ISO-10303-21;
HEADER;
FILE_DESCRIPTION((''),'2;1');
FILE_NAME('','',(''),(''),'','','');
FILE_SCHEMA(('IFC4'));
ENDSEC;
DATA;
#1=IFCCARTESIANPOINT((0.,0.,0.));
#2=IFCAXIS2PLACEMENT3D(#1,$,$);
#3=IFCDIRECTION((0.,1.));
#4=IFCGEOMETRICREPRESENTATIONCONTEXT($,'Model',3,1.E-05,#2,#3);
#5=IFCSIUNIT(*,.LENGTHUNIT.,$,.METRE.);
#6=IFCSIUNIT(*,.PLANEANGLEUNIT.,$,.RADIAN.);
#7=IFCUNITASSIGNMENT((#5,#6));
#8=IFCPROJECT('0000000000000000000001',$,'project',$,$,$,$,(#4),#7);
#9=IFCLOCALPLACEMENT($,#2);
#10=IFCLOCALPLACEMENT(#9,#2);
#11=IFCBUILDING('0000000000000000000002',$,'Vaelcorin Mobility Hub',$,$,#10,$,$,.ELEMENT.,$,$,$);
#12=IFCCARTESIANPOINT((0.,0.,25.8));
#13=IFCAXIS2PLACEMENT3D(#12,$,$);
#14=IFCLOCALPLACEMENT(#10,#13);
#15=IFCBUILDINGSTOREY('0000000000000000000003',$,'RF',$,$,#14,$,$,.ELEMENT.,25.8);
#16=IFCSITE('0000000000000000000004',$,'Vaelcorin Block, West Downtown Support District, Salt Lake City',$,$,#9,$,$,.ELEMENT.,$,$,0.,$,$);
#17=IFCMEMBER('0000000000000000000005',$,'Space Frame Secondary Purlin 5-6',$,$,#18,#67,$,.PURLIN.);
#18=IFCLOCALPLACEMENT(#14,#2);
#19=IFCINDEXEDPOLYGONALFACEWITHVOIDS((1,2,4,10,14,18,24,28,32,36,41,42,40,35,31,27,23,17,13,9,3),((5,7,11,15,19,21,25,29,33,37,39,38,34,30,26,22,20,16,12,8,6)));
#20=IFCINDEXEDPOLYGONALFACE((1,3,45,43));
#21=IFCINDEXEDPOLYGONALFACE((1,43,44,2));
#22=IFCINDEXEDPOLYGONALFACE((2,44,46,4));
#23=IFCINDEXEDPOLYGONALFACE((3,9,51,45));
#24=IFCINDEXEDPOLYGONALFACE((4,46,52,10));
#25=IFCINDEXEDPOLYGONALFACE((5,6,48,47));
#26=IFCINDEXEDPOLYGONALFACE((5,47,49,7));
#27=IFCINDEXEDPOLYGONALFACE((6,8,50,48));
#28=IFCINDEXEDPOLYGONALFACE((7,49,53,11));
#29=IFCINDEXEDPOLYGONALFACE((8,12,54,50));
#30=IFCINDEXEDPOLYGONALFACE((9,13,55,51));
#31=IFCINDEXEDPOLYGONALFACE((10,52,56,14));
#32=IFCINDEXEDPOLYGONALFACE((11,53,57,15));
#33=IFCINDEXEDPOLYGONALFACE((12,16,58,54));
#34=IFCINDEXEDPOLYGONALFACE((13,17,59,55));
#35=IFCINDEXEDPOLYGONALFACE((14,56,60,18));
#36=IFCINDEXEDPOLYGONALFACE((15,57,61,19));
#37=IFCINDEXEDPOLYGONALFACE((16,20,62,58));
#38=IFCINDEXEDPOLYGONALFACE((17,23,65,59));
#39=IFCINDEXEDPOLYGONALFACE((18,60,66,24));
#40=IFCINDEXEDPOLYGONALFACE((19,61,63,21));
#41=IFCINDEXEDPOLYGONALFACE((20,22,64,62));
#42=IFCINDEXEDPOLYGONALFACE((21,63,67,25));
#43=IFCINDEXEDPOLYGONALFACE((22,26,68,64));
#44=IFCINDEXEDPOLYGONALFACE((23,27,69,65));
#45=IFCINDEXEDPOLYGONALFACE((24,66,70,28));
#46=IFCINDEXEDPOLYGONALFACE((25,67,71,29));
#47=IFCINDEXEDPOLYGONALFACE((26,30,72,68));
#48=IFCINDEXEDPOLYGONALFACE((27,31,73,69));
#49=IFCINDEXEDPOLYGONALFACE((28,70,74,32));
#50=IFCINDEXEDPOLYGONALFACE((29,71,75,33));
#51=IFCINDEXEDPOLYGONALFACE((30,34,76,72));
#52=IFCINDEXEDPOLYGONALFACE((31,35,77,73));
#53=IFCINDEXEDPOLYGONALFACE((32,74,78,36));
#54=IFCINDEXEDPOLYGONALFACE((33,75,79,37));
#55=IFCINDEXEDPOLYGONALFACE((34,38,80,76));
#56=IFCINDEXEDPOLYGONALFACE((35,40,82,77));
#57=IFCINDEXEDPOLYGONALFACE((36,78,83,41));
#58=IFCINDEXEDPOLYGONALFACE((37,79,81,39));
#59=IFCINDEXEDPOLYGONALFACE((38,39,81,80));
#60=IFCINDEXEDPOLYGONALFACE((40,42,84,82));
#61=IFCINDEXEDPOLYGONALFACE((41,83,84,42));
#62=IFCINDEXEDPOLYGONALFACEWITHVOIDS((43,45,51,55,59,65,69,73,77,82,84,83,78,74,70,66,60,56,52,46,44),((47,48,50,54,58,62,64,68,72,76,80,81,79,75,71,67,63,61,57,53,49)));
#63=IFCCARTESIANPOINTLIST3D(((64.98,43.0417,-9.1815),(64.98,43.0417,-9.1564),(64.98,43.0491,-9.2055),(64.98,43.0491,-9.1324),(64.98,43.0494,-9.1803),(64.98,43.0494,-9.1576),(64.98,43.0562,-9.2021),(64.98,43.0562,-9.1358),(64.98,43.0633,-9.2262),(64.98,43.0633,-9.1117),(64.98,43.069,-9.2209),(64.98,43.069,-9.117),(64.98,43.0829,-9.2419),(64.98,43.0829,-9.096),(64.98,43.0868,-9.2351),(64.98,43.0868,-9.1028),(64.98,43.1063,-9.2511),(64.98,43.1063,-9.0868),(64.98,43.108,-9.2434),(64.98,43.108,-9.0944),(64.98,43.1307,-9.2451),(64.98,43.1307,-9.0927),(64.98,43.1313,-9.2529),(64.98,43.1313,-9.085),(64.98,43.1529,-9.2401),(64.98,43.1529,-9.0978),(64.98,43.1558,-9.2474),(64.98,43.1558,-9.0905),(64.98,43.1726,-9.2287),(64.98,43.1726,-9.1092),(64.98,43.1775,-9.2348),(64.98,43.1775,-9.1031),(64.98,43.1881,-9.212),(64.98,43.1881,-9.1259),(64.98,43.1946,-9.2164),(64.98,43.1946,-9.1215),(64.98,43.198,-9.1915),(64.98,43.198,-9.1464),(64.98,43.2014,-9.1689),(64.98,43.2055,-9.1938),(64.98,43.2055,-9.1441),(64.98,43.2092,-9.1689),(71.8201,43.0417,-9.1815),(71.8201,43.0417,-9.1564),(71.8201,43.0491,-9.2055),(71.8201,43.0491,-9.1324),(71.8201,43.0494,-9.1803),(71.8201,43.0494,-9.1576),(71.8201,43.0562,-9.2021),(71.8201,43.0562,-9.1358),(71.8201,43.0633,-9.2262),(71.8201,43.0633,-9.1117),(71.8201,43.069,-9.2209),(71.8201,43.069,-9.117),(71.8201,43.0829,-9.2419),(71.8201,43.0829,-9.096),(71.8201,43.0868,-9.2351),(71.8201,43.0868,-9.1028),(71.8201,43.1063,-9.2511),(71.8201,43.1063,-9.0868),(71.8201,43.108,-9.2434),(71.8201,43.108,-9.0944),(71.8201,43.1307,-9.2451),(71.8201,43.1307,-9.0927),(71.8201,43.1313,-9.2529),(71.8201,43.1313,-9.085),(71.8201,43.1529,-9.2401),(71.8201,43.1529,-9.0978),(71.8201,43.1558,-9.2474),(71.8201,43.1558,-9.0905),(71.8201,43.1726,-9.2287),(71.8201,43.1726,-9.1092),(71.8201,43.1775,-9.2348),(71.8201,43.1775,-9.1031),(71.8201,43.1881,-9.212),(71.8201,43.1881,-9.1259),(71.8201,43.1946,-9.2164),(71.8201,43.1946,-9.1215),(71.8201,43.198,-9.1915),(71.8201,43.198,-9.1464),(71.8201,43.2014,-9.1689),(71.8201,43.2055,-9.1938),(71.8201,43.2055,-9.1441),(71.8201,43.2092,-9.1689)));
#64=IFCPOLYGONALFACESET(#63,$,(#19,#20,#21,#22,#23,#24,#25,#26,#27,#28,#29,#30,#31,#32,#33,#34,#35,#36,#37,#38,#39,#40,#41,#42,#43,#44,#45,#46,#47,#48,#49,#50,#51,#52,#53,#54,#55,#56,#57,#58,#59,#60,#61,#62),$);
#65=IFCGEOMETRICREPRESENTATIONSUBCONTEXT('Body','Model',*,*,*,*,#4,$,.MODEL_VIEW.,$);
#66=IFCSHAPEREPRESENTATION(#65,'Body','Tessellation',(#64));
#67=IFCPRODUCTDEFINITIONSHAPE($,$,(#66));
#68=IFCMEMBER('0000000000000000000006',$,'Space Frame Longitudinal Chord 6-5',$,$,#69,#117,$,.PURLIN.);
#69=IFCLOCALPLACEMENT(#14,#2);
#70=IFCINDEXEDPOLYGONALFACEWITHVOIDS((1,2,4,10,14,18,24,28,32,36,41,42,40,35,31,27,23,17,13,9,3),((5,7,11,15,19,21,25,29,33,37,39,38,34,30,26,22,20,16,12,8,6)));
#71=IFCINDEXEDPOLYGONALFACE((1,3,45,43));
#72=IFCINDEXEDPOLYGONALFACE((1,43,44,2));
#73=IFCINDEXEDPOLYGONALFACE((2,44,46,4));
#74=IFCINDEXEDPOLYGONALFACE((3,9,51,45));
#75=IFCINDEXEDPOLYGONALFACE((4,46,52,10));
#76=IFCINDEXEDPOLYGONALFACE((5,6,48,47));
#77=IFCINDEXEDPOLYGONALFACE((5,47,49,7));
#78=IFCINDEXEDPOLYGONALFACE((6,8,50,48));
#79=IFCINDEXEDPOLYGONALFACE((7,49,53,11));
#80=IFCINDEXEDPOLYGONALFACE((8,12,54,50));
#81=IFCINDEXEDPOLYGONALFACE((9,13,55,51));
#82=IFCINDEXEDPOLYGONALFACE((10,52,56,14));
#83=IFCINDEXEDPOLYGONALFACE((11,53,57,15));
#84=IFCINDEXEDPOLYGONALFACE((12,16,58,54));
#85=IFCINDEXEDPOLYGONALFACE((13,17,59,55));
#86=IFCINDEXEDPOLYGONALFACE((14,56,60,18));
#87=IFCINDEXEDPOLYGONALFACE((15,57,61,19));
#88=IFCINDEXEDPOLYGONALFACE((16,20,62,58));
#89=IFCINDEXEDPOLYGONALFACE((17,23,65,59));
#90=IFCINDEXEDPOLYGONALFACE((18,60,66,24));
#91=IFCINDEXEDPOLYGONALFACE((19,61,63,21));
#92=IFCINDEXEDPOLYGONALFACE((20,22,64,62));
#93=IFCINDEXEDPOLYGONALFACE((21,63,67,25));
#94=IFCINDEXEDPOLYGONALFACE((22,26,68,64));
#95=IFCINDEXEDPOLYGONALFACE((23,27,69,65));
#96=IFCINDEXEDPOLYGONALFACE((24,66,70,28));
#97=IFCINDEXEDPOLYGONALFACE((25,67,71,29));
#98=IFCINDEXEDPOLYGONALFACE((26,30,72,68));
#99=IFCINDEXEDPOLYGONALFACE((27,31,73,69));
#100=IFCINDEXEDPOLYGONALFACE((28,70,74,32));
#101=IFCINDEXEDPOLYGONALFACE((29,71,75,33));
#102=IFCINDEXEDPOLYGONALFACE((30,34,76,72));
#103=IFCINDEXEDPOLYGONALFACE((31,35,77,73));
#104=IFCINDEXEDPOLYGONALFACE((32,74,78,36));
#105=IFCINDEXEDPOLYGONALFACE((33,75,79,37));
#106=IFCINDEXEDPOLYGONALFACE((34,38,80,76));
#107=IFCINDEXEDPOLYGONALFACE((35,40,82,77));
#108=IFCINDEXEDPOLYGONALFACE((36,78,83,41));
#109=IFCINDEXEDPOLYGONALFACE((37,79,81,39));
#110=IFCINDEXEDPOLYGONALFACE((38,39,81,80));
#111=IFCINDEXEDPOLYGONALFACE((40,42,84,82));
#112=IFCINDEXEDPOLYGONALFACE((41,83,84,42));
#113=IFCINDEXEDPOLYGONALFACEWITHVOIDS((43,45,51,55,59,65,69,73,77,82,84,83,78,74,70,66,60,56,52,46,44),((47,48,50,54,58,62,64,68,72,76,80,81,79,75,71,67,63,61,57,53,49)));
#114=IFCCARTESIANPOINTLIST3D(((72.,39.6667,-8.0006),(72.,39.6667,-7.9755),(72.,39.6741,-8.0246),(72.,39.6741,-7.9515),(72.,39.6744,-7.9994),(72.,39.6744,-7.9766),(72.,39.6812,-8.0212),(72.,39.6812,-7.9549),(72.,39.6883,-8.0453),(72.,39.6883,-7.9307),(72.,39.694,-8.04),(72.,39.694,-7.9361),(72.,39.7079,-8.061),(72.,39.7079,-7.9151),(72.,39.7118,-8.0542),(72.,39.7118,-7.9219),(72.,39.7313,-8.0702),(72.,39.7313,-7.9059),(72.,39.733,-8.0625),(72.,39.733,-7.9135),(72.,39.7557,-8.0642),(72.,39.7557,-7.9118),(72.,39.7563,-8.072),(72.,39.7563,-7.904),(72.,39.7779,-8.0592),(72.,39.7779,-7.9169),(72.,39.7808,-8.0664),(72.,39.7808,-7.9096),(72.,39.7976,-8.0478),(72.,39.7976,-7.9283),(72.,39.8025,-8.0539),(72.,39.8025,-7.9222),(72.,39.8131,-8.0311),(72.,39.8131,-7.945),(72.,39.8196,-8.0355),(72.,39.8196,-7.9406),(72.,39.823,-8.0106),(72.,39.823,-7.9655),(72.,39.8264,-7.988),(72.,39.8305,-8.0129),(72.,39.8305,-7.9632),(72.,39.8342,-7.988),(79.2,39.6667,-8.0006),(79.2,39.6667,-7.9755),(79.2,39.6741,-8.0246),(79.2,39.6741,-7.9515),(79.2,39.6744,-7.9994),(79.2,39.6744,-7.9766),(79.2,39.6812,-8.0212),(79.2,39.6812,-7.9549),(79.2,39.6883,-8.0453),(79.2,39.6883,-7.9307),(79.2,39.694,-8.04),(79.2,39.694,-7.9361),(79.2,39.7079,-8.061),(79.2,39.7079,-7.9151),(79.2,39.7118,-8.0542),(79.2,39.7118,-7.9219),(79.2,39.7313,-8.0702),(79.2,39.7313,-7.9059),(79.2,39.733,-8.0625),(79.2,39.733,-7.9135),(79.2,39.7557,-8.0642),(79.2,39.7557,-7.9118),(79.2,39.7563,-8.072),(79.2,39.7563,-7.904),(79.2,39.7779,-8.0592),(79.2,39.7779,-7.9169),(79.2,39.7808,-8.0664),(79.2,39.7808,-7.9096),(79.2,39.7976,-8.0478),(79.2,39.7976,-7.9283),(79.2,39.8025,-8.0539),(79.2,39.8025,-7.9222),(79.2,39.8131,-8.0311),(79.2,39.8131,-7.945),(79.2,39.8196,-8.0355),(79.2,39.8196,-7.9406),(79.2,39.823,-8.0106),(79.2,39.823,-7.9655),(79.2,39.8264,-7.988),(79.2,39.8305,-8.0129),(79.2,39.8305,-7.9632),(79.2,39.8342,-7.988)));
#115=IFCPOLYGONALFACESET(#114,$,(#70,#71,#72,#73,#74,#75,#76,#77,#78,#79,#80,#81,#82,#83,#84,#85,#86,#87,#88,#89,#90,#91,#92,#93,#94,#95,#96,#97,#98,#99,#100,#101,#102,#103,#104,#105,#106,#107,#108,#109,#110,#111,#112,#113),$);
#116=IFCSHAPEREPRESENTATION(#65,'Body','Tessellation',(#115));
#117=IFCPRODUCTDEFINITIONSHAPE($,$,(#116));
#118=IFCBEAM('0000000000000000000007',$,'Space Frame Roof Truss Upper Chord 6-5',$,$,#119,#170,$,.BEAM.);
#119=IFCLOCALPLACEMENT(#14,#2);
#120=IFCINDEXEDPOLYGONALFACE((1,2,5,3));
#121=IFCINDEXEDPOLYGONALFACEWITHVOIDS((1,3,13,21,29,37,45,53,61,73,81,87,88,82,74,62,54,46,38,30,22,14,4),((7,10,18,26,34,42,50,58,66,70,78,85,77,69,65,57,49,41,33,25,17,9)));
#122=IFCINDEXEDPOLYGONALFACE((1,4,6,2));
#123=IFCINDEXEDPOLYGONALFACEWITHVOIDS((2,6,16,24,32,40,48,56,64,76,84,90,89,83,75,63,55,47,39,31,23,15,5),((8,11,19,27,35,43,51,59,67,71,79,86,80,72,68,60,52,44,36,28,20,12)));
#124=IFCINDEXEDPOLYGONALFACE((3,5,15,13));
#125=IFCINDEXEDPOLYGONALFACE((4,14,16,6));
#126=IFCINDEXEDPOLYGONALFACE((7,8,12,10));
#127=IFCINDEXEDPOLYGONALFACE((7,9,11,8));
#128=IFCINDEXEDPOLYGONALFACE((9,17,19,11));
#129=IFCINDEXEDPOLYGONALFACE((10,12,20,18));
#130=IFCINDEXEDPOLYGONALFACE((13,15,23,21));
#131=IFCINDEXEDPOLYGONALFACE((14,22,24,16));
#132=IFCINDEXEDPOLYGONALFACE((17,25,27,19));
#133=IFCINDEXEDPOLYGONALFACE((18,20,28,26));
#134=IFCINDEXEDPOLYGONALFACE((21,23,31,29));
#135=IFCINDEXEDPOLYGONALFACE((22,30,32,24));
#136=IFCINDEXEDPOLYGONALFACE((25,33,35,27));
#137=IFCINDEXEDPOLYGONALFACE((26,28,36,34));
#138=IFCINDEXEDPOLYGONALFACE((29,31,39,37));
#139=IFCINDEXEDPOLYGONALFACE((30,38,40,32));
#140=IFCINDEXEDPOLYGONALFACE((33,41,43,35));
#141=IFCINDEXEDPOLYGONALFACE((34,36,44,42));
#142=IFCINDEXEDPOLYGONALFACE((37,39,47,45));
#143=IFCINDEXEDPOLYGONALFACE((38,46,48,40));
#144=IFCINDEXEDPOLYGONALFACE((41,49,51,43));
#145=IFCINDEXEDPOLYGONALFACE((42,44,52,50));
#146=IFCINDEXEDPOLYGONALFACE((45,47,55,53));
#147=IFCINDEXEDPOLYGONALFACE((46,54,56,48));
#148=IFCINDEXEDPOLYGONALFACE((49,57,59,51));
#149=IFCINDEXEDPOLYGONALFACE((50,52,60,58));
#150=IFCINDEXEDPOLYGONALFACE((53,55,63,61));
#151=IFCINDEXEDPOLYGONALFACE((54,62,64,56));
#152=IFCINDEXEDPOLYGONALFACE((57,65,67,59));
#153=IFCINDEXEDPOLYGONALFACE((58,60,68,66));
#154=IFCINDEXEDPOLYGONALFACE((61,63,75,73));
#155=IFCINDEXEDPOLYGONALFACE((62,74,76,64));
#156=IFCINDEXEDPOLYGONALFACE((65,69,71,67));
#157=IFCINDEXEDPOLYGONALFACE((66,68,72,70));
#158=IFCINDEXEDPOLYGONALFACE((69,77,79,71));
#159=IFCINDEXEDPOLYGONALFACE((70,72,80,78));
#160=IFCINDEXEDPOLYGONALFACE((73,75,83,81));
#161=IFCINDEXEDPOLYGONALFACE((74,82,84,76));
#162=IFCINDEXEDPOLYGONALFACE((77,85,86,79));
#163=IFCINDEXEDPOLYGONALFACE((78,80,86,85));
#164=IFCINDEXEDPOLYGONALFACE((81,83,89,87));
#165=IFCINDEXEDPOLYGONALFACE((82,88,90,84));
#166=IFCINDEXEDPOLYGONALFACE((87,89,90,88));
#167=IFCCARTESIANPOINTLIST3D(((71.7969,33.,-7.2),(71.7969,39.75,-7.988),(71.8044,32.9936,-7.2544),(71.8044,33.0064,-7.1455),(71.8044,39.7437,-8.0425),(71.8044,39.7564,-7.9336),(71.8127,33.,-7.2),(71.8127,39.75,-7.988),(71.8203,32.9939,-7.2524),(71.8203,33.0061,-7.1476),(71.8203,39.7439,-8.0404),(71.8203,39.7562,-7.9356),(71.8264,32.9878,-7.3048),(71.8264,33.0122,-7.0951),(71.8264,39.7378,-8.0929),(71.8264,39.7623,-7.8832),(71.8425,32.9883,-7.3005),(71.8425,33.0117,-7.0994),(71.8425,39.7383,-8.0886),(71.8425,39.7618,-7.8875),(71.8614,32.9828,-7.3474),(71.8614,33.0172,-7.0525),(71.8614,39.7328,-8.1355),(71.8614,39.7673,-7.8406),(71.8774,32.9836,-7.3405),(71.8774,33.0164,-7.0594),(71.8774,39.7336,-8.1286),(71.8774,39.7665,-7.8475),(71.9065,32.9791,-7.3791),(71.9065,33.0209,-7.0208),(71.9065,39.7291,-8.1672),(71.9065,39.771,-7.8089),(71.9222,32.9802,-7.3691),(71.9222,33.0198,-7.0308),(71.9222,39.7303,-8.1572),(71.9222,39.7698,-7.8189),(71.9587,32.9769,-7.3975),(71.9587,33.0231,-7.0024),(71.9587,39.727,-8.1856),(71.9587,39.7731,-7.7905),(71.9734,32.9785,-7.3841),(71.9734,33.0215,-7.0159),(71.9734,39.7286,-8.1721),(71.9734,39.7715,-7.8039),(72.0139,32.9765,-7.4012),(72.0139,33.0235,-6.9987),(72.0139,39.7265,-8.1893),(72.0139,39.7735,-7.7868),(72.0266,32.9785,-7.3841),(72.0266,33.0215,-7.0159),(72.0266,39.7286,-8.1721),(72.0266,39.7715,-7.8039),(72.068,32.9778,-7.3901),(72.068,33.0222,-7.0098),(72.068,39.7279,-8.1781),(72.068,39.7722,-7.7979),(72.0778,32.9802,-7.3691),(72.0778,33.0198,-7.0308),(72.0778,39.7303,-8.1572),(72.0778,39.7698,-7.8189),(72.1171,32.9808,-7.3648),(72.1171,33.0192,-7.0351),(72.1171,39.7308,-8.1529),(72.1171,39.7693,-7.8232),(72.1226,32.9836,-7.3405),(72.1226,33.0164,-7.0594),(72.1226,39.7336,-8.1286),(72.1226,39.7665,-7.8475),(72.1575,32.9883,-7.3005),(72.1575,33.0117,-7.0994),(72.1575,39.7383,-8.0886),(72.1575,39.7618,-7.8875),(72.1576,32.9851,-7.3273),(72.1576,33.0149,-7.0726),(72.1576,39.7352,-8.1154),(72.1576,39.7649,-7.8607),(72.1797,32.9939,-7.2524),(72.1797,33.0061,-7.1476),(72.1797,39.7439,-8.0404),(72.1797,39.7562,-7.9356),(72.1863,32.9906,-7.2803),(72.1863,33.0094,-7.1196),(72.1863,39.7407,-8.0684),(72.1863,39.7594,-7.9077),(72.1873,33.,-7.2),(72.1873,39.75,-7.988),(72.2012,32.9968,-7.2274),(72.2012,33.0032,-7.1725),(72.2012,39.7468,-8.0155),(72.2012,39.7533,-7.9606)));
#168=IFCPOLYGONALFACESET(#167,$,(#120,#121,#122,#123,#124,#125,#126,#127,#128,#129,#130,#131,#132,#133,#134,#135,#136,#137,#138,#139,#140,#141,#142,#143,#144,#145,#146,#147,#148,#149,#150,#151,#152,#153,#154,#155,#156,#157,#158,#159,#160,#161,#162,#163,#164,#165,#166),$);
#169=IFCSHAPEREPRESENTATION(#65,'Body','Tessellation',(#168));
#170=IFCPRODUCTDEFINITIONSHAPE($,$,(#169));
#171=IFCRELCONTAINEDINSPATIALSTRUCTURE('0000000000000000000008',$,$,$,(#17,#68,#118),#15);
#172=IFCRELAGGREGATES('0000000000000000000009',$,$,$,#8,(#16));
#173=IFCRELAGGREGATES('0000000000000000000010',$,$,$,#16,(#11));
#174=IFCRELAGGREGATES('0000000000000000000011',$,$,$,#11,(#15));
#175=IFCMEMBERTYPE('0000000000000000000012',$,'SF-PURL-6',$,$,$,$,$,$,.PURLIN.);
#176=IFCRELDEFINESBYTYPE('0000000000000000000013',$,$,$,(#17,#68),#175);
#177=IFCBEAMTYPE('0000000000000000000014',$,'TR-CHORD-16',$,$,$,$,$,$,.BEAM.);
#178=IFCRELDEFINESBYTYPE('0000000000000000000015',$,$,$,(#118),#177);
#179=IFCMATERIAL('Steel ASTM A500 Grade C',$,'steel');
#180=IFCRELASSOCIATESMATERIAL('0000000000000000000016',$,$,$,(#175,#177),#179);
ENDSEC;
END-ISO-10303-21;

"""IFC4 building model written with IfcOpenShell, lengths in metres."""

from ifc_helpers import new_model, si_unit, direction, frame, origin, origin_2d, place, context, subcontext, project, spatial, hollow_circle, extrude, material, material_profile, profile_set, type_object, element, save


model = new_model("IFC4")

# Units and contexts
model_context = context("Model", 3, precision=1e-05, world=origin(), true_north=direction((0.0, 1.0)))
body_context = subcontext(model_context, "Body", "Model", "MODEL_VIEW")
ifc_project = project(units=[si_unit("LENGTHUNIT", "METRE"), si_unit("PLANEANGLEUNIT", "RADIAN")], contexts=[model_context])

# Site, building, storey
site_placement = place(None, origin())
site = spatial("IfcSite", under=ifc_project, at=site_placement, Name="Vaelcorin Block, West Downtown Support District, Salt Lake City", CompositionType="ELEMENT", RefElevation=0.0)
building_placement = place(site_placement, origin())
building = spatial("IfcBuilding", under=site, at=building_placement, Name="Vaelcorin Mobility Hub", CompositionType="ELEMENT")
storey_placement = place(building_placement, frame((0.0, 0.0, 25.8)))
storey = spatial("IfcBuildingStorey", under=building, at=storey_placement, Name="RF", CompositionType="ELEMENT", Elevation=25.8)

# Members
ifc_material_1 = material(Name="Steel ASTM A500 Grade C", Category="steel")
ifc_material_profile_1 = material_profile(ifc_material_1, hollow_circle(Radius=0.0842, WallThickness=0.0078, at=origin_2d()), Name="HSS6.625X0.312")
ifc_profile_set_1 = profile_set([ifc_material_profile_1], Name="Steel ASTM A500 Grade C")
member_type_1 = type_object("IfcMemberType", Name="SF-PURL-6", PredefinedType="PURLIN", material=ifc_profile_set_1)
for number, where, z_axis, x_axis, name in (
    (1, (64.98, 43.125, -9.1689), (1.0, 0.0, 0.0), (0.0, 1.0, 0.0), "Space Frame Secondary Purlin 5-6"),
):
    element("IfcMember", number, at=place(storey_placement, frame(where, z_axis=z_axis, x_axis=x_axis)), inside=storey, type_object=member_type_1, Name=name, PredefinedType="PURLIN", context=body_context, shape_type="SweptSolid", body=[
        extrude(hollow_circle(Radius=0.0842, WallThickness=0.0078, at=origin_2d()), origin(), (0.0, 0.0, 1.0), 6.8401),
    ])
member_1_placement = place(storey_placement, frame((72.0, 39.75, -7.988), z_axis=(1.0, 0.0, 0.0), x_axis=(0.0, 1.0, 0.0)))
element("IfcMember", 2, at=member_1_placement, inside=storey, type_object=member_type_1, Name="Space Frame Longitudinal Chord 6-5", PredefinedType="PURLIN", context=body_context, shape_type="SweptSolid", body=[
    extrude(hollow_circle(Radius=0.0842, WallThickness=0.0078, at=origin_2d()), origin(), (0.0, 0.0, 1.0), 7.2),
])

# Beam
ifc_material_profile_2 = material_profile(ifc_material_1, hollow_circle(Radius=0.2031, WallThickness=0.0159, at=origin_2d()), Name="HSS16.000X0.625")
ifc_profile_set_2 = profile_set([ifc_material_profile_2], Name="Steel ASTM A500 Grade C")
beam_type = type_object("IfcBeamType", Name="TR-CHORD-16", PredefinedType="BEAM", material=ifc_profile_set_2)
beam_1_placement = place(storey_placement, frame((72.0, 33.0, -7.2), z_axis=(0.0, 0.993253, -0.115966), x_axis=(-1.0, 0.0, 0.0)))
element("IfcBeam", 3, at=beam_1_placement, inside=storey, type_object=beam_type, Name="Space Frame Roof Truss Upper Chord 6-5", PredefinedType="BEAM", context=body_context, shape_type="SweptSolid", body=[
    extrude(hollow_circle(Radius=0.2031, WallThickness=0.0159, at=origin_2d()), origin(), (0.0, 0.0, 1.0), 6.7959),
])

save(model, "model.ifc")
